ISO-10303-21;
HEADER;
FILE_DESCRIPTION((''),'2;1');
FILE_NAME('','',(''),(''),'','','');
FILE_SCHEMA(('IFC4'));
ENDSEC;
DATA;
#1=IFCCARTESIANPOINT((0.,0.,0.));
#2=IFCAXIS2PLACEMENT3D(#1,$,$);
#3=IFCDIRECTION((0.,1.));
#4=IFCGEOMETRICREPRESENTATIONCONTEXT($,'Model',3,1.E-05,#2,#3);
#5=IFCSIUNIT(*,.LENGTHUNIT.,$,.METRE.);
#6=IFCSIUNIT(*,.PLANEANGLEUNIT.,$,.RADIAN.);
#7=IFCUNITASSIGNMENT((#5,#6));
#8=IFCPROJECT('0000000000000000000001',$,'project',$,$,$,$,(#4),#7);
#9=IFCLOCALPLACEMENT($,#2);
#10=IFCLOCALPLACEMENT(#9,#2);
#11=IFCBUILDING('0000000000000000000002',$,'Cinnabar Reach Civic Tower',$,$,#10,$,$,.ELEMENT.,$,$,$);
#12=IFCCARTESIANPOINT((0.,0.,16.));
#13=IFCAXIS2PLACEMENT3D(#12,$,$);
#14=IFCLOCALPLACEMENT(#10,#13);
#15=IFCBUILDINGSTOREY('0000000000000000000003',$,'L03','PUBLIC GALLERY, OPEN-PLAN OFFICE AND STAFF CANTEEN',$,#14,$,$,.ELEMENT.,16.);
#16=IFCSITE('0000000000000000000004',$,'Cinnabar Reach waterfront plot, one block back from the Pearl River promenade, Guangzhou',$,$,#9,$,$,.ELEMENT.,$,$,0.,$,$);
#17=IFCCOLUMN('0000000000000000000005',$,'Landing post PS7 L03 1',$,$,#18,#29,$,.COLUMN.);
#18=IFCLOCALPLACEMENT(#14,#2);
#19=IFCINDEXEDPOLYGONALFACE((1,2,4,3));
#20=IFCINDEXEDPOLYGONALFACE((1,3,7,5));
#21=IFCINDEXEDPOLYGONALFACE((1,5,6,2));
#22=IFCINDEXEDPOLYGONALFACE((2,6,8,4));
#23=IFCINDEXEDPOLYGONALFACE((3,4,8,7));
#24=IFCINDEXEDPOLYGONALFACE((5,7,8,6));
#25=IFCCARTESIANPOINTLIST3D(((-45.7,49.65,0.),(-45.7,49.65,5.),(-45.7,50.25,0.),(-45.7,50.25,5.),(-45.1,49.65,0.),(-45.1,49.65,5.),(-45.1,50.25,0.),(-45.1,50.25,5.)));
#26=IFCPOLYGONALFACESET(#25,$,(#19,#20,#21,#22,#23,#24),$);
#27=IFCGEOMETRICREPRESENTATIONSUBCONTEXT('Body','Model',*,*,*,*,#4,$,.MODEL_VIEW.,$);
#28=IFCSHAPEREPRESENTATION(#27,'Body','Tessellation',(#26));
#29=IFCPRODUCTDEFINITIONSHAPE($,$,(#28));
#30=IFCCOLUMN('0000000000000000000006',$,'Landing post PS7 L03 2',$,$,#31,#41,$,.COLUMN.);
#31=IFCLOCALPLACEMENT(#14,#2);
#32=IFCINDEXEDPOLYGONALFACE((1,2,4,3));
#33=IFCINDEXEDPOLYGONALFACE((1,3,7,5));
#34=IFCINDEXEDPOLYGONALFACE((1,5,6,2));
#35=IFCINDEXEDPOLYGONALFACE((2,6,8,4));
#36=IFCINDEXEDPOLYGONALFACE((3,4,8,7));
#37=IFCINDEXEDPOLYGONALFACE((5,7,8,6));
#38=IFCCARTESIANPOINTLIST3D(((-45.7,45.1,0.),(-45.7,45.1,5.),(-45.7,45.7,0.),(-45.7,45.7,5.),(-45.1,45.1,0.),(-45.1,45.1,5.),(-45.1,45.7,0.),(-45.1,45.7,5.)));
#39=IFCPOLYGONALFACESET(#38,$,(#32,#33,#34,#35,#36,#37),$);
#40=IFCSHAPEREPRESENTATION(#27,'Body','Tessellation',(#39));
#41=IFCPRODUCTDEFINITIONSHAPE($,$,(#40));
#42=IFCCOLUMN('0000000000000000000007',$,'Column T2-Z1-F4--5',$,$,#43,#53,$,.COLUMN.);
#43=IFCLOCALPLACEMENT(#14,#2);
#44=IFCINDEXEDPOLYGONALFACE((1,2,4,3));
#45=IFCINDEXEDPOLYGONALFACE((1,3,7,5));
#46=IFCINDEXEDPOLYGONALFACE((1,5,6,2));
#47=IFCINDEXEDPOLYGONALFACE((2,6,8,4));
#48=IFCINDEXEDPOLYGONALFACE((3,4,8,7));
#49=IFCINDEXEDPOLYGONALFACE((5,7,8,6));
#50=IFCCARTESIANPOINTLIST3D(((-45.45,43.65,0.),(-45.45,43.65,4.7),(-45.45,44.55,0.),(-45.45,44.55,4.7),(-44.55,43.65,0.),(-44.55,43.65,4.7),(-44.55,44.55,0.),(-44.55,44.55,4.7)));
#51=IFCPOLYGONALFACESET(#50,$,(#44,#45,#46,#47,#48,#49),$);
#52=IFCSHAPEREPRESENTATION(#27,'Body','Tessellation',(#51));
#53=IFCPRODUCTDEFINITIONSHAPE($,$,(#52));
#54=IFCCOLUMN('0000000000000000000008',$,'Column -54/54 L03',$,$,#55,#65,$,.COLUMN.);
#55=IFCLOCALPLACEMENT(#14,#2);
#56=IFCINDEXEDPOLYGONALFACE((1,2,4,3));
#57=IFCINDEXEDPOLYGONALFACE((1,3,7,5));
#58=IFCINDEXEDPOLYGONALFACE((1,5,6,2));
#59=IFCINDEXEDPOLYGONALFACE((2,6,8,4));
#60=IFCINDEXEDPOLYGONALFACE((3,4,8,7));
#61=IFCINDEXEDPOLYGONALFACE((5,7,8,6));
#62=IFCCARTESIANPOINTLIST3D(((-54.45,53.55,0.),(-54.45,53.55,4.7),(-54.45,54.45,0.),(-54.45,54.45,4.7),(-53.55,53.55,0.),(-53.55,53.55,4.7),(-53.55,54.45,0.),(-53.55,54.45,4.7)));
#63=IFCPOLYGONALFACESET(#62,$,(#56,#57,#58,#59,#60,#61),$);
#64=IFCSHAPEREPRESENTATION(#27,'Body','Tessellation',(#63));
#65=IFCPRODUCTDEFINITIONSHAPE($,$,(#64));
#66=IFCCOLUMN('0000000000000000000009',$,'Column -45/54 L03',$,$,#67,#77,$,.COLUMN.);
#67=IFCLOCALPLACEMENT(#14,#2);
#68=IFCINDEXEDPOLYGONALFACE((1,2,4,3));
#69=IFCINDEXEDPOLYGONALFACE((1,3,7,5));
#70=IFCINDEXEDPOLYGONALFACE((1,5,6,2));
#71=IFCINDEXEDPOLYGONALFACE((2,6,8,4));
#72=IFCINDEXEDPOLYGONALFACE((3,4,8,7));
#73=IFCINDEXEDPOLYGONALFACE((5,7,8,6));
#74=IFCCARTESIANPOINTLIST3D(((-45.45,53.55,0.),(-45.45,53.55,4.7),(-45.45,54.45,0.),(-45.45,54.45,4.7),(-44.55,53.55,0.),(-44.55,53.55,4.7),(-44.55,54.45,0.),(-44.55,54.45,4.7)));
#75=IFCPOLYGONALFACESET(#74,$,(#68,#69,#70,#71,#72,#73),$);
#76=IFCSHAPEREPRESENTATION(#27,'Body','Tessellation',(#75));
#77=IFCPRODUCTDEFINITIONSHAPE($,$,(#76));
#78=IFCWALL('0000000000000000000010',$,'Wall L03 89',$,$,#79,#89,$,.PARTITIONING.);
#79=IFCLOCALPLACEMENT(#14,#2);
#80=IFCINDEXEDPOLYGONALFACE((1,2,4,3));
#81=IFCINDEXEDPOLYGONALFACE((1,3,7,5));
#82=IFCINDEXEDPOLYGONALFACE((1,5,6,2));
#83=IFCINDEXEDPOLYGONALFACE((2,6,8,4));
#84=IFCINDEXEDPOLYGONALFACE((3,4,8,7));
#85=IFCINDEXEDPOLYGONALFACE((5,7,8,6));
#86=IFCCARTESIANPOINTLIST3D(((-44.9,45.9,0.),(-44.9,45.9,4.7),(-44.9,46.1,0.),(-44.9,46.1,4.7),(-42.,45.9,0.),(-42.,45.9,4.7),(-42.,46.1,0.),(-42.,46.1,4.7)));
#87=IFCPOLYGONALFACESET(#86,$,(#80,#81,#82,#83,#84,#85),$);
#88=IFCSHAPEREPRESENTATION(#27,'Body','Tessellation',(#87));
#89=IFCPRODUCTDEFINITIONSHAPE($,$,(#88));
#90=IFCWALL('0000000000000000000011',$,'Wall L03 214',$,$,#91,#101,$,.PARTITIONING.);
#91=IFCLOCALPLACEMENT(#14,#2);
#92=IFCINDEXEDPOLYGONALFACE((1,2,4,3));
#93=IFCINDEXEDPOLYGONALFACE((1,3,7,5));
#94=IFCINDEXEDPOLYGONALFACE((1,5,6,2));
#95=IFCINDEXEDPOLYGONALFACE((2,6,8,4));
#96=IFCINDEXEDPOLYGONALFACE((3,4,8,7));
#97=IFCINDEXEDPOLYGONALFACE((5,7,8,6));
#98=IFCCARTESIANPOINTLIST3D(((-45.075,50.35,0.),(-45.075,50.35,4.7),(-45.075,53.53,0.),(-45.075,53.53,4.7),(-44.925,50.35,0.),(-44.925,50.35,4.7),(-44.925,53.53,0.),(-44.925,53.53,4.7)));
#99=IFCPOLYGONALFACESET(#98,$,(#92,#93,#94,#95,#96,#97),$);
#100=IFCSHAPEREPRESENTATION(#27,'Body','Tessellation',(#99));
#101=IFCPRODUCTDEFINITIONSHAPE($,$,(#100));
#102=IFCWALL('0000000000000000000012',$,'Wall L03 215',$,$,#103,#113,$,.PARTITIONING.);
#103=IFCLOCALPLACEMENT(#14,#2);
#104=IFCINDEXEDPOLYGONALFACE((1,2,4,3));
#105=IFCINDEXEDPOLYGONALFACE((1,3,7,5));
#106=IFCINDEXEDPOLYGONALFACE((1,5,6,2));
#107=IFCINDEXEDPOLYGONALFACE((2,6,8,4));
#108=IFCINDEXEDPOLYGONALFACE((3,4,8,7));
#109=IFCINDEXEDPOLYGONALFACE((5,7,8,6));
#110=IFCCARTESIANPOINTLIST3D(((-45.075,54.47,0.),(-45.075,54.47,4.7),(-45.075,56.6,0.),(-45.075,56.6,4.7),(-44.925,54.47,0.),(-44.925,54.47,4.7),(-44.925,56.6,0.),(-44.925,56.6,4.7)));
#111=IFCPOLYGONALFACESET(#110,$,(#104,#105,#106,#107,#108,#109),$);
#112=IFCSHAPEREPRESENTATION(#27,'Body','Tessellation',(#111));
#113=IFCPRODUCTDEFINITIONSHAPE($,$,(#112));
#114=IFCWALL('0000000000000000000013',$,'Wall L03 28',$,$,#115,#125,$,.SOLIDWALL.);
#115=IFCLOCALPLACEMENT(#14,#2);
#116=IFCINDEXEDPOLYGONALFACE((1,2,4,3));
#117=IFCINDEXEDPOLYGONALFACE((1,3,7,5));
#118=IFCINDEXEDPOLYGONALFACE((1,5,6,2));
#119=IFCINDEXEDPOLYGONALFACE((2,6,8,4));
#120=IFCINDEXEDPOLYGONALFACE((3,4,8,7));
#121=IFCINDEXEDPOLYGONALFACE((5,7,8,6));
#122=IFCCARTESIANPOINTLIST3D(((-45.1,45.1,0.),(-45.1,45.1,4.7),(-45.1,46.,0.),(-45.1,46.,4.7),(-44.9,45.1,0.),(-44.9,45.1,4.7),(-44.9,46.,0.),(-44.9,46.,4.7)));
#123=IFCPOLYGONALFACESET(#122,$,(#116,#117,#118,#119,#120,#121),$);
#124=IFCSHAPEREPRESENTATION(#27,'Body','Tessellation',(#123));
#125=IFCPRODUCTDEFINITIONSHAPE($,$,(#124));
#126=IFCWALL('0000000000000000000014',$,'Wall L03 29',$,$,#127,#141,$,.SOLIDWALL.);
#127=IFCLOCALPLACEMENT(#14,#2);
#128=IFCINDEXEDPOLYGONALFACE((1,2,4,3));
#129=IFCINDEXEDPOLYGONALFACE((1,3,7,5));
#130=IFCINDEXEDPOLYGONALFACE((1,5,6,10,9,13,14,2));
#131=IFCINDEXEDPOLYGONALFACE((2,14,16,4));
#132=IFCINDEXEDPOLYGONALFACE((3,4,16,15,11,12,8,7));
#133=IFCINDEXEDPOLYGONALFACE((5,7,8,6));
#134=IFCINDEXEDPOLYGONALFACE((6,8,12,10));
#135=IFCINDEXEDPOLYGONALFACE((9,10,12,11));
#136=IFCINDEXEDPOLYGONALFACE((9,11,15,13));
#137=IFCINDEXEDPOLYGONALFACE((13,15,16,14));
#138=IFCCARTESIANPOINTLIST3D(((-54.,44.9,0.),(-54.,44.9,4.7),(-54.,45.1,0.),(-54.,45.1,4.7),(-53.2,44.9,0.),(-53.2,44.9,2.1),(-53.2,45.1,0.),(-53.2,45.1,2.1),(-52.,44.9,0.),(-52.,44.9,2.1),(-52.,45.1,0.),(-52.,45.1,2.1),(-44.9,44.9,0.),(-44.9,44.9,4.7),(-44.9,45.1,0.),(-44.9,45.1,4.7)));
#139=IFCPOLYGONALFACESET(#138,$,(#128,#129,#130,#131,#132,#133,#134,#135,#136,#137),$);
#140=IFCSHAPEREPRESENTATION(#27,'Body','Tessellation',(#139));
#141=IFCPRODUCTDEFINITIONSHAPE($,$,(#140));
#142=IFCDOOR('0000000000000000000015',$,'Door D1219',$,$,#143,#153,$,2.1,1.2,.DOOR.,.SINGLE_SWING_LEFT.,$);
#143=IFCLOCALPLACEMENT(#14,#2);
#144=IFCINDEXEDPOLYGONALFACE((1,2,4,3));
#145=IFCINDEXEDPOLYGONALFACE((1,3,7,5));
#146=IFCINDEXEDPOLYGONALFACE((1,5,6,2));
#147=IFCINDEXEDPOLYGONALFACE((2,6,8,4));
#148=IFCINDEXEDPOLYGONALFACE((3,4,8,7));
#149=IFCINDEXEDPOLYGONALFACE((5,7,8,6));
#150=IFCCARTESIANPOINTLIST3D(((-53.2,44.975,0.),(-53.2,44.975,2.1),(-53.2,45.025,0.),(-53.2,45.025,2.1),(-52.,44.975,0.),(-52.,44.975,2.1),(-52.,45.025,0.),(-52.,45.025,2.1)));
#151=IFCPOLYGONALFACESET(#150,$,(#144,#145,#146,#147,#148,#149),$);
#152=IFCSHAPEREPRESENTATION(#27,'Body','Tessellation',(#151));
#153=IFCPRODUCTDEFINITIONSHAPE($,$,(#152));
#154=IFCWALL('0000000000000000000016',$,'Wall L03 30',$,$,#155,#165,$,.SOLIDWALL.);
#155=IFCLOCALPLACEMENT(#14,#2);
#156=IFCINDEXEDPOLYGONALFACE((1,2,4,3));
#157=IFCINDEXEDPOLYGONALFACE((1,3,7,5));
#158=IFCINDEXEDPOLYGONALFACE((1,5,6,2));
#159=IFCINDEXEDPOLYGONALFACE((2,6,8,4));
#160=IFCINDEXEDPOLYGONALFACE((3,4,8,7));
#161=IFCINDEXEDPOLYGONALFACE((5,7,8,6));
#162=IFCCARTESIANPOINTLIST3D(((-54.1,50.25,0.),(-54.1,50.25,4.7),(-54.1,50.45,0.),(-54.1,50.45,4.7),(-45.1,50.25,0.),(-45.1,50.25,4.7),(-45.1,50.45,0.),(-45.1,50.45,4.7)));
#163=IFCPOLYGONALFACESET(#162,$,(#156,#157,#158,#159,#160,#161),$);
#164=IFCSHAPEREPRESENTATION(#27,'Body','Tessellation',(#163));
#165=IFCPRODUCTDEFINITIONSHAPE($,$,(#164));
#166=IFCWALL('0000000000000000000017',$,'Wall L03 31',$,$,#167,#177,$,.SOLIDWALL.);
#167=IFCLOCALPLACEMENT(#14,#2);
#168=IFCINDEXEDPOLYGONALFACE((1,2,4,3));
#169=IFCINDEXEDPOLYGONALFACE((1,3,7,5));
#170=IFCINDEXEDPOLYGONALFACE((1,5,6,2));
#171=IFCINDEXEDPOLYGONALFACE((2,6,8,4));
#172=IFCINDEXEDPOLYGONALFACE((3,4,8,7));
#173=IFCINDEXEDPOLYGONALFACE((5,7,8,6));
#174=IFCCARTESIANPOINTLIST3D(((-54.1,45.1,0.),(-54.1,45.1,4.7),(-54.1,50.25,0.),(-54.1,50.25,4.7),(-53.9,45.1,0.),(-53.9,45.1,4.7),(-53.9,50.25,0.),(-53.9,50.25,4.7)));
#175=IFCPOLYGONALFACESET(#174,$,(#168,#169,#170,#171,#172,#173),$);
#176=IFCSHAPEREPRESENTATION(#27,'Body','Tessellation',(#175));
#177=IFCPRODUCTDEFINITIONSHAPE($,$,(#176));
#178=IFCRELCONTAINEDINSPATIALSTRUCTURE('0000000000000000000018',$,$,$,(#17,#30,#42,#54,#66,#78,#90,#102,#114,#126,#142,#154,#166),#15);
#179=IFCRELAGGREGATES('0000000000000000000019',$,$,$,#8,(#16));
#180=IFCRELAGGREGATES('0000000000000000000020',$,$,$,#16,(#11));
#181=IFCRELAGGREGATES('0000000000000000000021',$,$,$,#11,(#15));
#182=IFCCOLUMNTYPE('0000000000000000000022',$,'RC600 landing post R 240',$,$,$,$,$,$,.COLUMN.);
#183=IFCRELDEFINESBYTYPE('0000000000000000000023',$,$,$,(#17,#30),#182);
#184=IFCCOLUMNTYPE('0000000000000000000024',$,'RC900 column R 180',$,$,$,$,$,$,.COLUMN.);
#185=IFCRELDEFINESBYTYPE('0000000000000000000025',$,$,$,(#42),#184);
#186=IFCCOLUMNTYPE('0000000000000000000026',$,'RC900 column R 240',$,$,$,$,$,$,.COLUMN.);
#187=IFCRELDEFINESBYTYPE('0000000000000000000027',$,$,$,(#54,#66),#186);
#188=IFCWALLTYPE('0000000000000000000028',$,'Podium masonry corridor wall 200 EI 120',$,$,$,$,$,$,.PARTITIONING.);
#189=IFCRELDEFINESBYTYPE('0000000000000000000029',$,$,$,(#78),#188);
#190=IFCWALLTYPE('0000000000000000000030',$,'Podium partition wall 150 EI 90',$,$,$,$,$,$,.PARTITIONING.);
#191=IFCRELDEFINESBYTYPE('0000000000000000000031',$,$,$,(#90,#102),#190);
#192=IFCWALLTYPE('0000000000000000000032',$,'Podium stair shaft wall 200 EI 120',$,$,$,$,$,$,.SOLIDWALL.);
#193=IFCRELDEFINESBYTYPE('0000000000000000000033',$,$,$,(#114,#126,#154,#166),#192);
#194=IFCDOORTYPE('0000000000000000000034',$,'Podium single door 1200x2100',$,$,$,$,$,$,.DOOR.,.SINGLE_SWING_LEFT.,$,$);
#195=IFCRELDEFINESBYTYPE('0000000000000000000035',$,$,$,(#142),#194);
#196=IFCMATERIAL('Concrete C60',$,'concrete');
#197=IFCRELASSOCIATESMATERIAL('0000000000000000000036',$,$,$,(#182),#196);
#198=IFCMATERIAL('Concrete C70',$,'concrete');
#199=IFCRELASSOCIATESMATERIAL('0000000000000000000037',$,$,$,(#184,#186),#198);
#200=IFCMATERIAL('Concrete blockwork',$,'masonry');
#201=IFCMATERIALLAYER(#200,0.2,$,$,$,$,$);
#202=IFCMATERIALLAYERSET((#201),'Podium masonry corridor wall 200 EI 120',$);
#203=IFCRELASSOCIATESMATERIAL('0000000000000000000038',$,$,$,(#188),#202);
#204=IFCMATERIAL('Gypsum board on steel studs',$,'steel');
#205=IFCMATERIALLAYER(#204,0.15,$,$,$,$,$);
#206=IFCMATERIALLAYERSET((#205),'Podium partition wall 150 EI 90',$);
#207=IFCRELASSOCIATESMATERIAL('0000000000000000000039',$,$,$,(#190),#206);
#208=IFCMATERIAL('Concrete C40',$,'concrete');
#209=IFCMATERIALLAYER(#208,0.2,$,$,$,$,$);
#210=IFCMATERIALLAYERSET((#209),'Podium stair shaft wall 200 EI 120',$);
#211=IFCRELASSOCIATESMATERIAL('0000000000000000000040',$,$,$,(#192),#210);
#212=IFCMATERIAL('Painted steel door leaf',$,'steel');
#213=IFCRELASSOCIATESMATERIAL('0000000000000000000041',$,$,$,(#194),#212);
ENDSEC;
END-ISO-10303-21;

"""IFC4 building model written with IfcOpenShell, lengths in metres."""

from ifc_helpers import new_model, si_unit, direction, frame, frame_2d, origin, origin_2d, place, context, subcontext, project, spatial, rectangle, extrude, material, layer, layer_set, material_profile, profile_set, type_object, element, fill, save


model = new_model("IFC4")

# Units and contexts
model_context = context("Model", 3, precision=1e-05, world=origin(), true_north=direction((0.0, 1.0)))
body_context = subcontext(model_context, "Body", "Model", "MODEL_VIEW")
ifc_project = project(units=[si_unit("LENGTHUNIT", "METRE"), si_unit("PLANEANGLEUNIT", "RADIAN")], contexts=[model_context])

# Site, building, storey
site_placement = place(None, origin())
site = spatial("IfcSite", under=ifc_project, at=site_placement, Name="Cinnabar Reach waterfront plot, one block back from the Pearl River promenade, Guangzhou", CompositionType="ELEMENT", RefElevation=0.0)
building_placement = place(site_placement, origin())
building = spatial("IfcBuilding", under=site, at=building_placement, Name="Cinnabar Reach Civic Tower", CompositionType="ELEMENT")
storey_placement = place(building_placement, frame((0.0, 0.0, 16.0)))
storey = spatial("IfcBuildingStorey", under=building, at=storey_placement, Name="L03", Description="PUBLIC GALLERY, OPEN-PLAN OFFICE AND STAFF CANTEEN", CompositionType="ELEMENT", Elevation=16.0)

# Columns
ifc_material_1 = material(Name="Concrete C60", Category="concrete")
ifc_material_profile_1 = material_profile(ifc_material_1, rectangle(XDim=0.6, YDim=0.6, at=origin_2d()), Name="RC600")
ifc_profile_set_1 = profile_set([ifc_material_profile_1], Name="Concrete C60")
column_type_1 = type_object("IfcColumnType", Name="RC600 landing post R 240", PredefinedType="COLUMN", material=ifc_profile_set_1)
for number, where, z_axis, x_axis, name in (
    (1, (-45.4, 49.95, 0.0), (0.0, 0.0, 1.0), (1.0, 0.0, 0.0), "Landing post PS7 L03 1"),
    (2, (-45.4, 45.4, 0.0), (0.0, 0.0, 1.0), (1.0, 0.0, 0.0), "Landing post PS7 L03 2"),
):
    element("IfcColumn", number, at=place(storey_placement, frame(where, z_axis=z_axis, x_axis=x_axis)), inside=storey, type_object=column_type_1, Name=name, PredefinedType="COLUMN", context=body_context, shape_type="SweptSolid", body=[
        extrude(rectangle(XDim=0.6, YDim=0.6, at=origin_2d()), origin(), (0.0, 0.0, 1.0), 5.0),
    ])
ifc_material_2 = material(Name="Concrete C70", Category="concrete")
ifc_material_profile_2 = material_profile(ifc_material_2, rectangle(XDim=0.9, YDim=0.9, at=origin_2d()), Name="RC900")
ifc_profile_set_2 = profile_set([ifc_material_profile_2], Name="Concrete C70")
column_type_2 = type_object("IfcColumnType", Name="RC900 column R 180", PredefinedType="COLUMN", material=ifc_profile_set_2)
column_placement = place(storey_placement, frame((-45.0, 44.1, 0.0), z_axis=(0.0, 0.0, 1.0), x_axis=(1.0, 0.0, 0.0)))
element("IfcColumn", 3, at=column_placement, inside=storey, type_object=column_type_2, Name="Column T2-Z1-F4--5", PredefinedType="COLUMN", context=body_context, shape_type="SweptSolid", body=[
    extrude(rectangle(XDim=0.9, YDim=0.9, at=origin_2d()), origin(), (0.0, 0.0, 1.0), 4.7),
])
ifc_material_profile_3 = material_profile(ifc_material_2, rectangle(XDim=0.9, YDim=0.9, at=origin_2d()), Name="RC900")
ifc_profile_set_3 = profile_set([ifc_material_profile_3], Name="Concrete C70")
column_type_3 = type_object("IfcColumnType", Name="RC900 column R 240", PredefinedType="COLUMN", material=ifc_profile_set_3)
for number, where, z_axis, x_axis, name in (
    (4, (-54.0, 54.0, 0.0), (0.0, 0.0, 1.0), (1.0, 0.0, 0.0), "Column -54/54 L03"),
    (5, (-45.0, 54.0, 0.0), (0.0, 0.0, 1.0), (1.0, 0.0, 0.0), "Column -45/54 L03"),
):
    element("IfcColumn", number, at=place(storey_placement, frame(where, z_axis=z_axis, x_axis=x_axis)), inside=storey, type_object=column_type_3, Name=name, PredefinedType="COLUMN", context=body_context, shape_type="SweptSolid", body=[
        extrude(rectangle(XDim=0.9, YDim=0.9, at=origin_2d()), origin(), (0.0, 0.0, 1.0), 4.7),
    ])

# Walls
ifc_material_3 = material(Name="Concrete blockwork", Category="masonry")
ifc_layer_1 = layer(ifc_material_3, 0.2)
ifc_layer_set_1 = layer_set([ifc_layer_1], Name="Podium masonry corridor wall 200 EI 120")
wall_type_1 = type_object("IfcWallType", Name="Podium masonry corridor wall 200 EI 120", PredefinedType="PARTITIONING", material=ifc_layer_set_1)
wall_1_placement = place(storey_placement, frame((-44.9, 46.0, 0.0), z_axis=(0.0, 0.0, 1.0), x_axis=(1.0, 0.0, 0.0)))
element("IfcWall", 6, at=wall_1_placement, inside=storey, type_object=wall_type_1, Name="Wall L03 89", PredefinedType="PARTITIONING", context=body_context, shape_type="SweptSolid", body=[
    extrude(rectangle(XDim=2.9, YDim=0.2, at=frame_2d((1.45, 0.0))), origin(), (0.0, 0.0, 1.0), 4.7),
])
ifc_material_4 = material(Name="Gypsum board on steel studs", Category="steel")
ifc_layer_2 = layer(ifc_material_4, 0.15)
ifc_layer_set_2 = layer_set([ifc_layer_2], Name="Podium partition wall 150 EI 90")
wall_type_2 = type_object("IfcWallType", Name="Podium partition wall 150 EI 90", PredefinedType="PARTITIONING", material=ifc_layer_set_2)
wall_2_placement = place(storey_placement, frame((-45.0, 50.35, 0.0), z_axis=(0.0, 0.0, 1.0), x_axis=(0.0, 1.0, 0.0)))
element("IfcWall", 7, at=wall_2_placement, inside=storey, type_object=wall_type_2, Name="Wall L03 214", PredefinedType="PARTITIONING", context=body_context, shape_type="SweptSolid", body=[
    extrude(rectangle(XDim=3.18, YDim=0.15, at=frame_2d((1.59, 0.0))), origin(), (0.0, 0.0, 1.0), 4.7),
])
wall_3_placement = place(storey_placement, frame((-45.0, 54.47, 0.0), z_axis=(0.0, 0.0, 1.0), x_axis=(0.0, 1.0, 0.0)))
element("IfcWall", 8, at=wall_3_placement, inside=storey, type_object=wall_type_2, Name="Wall L03 215", PredefinedType="PARTITIONING", context=body_context, shape_type="SweptSolid", body=[
    extrude(rectangle(XDim=2.13, YDim=0.15, at=frame_2d((1.065, 0.0))), origin(), (0.0, 0.0, 1.0), 4.7),
])
ifc_material_5 = material(Name="Concrete C40", Category="concrete")
ifc_layer_3 = layer(ifc_material_5, 0.2)
ifc_layer_set_3 = layer_set([ifc_layer_3], Name="Podium stair shaft wall 200 EI 120")
wall_type_3 = type_object("IfcWallType", Name="Podium stair shaft wall 200 EI 120", PredefinedType="SOLIDWALL", material=ifc_layer_set_3)
wall_4_placement = place(storey_placement, frame((-45.0, 45.1, 0.0), z_axis=(0.0, 0.0, 1.0), x_axis=(0.0, 1.0, 0.0)))
element("IfcWall", 9, at=wall_4_placement, inside=storey, type_object=wall_type_3, Name="Wall L03 28", PredefinedType="SOLIDWALL", context=body_context, shape_type="SweptSolid", body=[
    extrude(rectangle(XDim=0.9, YDim=0.2, at=frame_2d((0.45, 0.0))), origin(), (0.0, 0.0, 1.0), 4.7),
])

# Wall, opening, door
wall_5_placement = place(storey_placement, frame((-54.0, 45.0, 0.0), z_axis=(0.0, 0.0, 1.0), x_axis=(1.0, 0.0, 0.0)))
wall_5 = element("IfcWall", 10, at=wall_5_placement, inside=storey, type_object=wall_type_3, Name="Wall L03 29", PredefinedType="SOLIDWALL", context=body_context, shape_type="SweptSolid", body=[
    extrude(rectangle(XDim=9.1, YDim=0.2, at=frame_2d((4.55, 0.0))), origin(), (0.0, 0.0, 1.0), 4.7),
])
opening_placement = place(wall_5_placement, frame((0.8, 0.0, 0.0)))
opening = element("IfcOpeningElement", 11, at=opening_placement, cuts=wall_5, PredefinedType="OPENING", context=body_context, shape_type="SweptSolid", body=[
    extrude(rectangle(XDim=1.2, YDim=2.1, at=frame_2d((0.6, 1.05))), frame((0.0, 0.11, 0.0), z_axis=(0.0, -1.0, 0.0), x_axis=(1.0, 0.0, 0.0)), (0.0, 0.0, 1.0), 0.22),
])
ifc_material_6 = material(Name="Painted steel door leaf", Category="steel")
door_type = type_object("IfcDoorType", Name="Podium single door 1200x2100", OperationType="SINGLE_SWING_LEFT", PredefinedType="DOOR", material=ifc_material_6)
door_placement = place(opening_placement, origin())
door = element("IfcDoor", 12, at=door_placement, inside=storey, type_object=door_type, Name="Door D1219", OperationType="SINGLE_SWING_LEFT", OverallHeight=2.1, OverallWidth=1.2, PredefinedType="DOOR", context=body_context, shape_type="SweptSolid", body=[
    extrude(rectangle(XDim=1.2, YDim=2.1, at=frame_2d((0.6, 1.05))), frame((0.0, 0.025, 0.0), z_axis=(0.0, -1.0, 0.0), x_axis=(1.0, 0.0, 0.0)), (0.0, 0.0, 1.0), 0.05),
])
fill(opening, door)

# Walls
wall_6_placement = place(storey_placement, frame((-54.1, 50.35, 0.0), z_axis=(0.0, 0.0, 1.0), x_axis=(1.0, 0.0, 0.0)))
element("IfcWall", 13, at=wall_6_placement, inside=storey, type_object=wall_type_3, Name="Wall L03 30", PredefinedType="SOLIDWALL", context=body_context, shape_type="SweptSolid", body=[
    extrude(rectangle(XDim=9.0, YDim=0.2, at=frame_2d((4.5, 0.0))), origin(), (0.0, 0.0, 1.0), 4.7),
])
wall_7_placement = place(storey_placement, frame((-54.0, 45.1, 0.0), z_axis=(0.0, 0.0, 1.0), x_axis=(0.0, 1.0, 0.0)))
element("IfcWall", 14, at=wall_7_placement, inside=storey, type_object=wall_type_3, Name="Wall L03 31", PredefinedType="SOLIDWALL", context=body_context, shape_type="SweptSolid", body=[
    extrude(rectangle(XDim=5.15, YDim=0.2, at=frame_2d((2.575, 0.0))), origin(), (0.0, 0.0, 1.0), 4.7),
])

save(model, "model.ifc")
